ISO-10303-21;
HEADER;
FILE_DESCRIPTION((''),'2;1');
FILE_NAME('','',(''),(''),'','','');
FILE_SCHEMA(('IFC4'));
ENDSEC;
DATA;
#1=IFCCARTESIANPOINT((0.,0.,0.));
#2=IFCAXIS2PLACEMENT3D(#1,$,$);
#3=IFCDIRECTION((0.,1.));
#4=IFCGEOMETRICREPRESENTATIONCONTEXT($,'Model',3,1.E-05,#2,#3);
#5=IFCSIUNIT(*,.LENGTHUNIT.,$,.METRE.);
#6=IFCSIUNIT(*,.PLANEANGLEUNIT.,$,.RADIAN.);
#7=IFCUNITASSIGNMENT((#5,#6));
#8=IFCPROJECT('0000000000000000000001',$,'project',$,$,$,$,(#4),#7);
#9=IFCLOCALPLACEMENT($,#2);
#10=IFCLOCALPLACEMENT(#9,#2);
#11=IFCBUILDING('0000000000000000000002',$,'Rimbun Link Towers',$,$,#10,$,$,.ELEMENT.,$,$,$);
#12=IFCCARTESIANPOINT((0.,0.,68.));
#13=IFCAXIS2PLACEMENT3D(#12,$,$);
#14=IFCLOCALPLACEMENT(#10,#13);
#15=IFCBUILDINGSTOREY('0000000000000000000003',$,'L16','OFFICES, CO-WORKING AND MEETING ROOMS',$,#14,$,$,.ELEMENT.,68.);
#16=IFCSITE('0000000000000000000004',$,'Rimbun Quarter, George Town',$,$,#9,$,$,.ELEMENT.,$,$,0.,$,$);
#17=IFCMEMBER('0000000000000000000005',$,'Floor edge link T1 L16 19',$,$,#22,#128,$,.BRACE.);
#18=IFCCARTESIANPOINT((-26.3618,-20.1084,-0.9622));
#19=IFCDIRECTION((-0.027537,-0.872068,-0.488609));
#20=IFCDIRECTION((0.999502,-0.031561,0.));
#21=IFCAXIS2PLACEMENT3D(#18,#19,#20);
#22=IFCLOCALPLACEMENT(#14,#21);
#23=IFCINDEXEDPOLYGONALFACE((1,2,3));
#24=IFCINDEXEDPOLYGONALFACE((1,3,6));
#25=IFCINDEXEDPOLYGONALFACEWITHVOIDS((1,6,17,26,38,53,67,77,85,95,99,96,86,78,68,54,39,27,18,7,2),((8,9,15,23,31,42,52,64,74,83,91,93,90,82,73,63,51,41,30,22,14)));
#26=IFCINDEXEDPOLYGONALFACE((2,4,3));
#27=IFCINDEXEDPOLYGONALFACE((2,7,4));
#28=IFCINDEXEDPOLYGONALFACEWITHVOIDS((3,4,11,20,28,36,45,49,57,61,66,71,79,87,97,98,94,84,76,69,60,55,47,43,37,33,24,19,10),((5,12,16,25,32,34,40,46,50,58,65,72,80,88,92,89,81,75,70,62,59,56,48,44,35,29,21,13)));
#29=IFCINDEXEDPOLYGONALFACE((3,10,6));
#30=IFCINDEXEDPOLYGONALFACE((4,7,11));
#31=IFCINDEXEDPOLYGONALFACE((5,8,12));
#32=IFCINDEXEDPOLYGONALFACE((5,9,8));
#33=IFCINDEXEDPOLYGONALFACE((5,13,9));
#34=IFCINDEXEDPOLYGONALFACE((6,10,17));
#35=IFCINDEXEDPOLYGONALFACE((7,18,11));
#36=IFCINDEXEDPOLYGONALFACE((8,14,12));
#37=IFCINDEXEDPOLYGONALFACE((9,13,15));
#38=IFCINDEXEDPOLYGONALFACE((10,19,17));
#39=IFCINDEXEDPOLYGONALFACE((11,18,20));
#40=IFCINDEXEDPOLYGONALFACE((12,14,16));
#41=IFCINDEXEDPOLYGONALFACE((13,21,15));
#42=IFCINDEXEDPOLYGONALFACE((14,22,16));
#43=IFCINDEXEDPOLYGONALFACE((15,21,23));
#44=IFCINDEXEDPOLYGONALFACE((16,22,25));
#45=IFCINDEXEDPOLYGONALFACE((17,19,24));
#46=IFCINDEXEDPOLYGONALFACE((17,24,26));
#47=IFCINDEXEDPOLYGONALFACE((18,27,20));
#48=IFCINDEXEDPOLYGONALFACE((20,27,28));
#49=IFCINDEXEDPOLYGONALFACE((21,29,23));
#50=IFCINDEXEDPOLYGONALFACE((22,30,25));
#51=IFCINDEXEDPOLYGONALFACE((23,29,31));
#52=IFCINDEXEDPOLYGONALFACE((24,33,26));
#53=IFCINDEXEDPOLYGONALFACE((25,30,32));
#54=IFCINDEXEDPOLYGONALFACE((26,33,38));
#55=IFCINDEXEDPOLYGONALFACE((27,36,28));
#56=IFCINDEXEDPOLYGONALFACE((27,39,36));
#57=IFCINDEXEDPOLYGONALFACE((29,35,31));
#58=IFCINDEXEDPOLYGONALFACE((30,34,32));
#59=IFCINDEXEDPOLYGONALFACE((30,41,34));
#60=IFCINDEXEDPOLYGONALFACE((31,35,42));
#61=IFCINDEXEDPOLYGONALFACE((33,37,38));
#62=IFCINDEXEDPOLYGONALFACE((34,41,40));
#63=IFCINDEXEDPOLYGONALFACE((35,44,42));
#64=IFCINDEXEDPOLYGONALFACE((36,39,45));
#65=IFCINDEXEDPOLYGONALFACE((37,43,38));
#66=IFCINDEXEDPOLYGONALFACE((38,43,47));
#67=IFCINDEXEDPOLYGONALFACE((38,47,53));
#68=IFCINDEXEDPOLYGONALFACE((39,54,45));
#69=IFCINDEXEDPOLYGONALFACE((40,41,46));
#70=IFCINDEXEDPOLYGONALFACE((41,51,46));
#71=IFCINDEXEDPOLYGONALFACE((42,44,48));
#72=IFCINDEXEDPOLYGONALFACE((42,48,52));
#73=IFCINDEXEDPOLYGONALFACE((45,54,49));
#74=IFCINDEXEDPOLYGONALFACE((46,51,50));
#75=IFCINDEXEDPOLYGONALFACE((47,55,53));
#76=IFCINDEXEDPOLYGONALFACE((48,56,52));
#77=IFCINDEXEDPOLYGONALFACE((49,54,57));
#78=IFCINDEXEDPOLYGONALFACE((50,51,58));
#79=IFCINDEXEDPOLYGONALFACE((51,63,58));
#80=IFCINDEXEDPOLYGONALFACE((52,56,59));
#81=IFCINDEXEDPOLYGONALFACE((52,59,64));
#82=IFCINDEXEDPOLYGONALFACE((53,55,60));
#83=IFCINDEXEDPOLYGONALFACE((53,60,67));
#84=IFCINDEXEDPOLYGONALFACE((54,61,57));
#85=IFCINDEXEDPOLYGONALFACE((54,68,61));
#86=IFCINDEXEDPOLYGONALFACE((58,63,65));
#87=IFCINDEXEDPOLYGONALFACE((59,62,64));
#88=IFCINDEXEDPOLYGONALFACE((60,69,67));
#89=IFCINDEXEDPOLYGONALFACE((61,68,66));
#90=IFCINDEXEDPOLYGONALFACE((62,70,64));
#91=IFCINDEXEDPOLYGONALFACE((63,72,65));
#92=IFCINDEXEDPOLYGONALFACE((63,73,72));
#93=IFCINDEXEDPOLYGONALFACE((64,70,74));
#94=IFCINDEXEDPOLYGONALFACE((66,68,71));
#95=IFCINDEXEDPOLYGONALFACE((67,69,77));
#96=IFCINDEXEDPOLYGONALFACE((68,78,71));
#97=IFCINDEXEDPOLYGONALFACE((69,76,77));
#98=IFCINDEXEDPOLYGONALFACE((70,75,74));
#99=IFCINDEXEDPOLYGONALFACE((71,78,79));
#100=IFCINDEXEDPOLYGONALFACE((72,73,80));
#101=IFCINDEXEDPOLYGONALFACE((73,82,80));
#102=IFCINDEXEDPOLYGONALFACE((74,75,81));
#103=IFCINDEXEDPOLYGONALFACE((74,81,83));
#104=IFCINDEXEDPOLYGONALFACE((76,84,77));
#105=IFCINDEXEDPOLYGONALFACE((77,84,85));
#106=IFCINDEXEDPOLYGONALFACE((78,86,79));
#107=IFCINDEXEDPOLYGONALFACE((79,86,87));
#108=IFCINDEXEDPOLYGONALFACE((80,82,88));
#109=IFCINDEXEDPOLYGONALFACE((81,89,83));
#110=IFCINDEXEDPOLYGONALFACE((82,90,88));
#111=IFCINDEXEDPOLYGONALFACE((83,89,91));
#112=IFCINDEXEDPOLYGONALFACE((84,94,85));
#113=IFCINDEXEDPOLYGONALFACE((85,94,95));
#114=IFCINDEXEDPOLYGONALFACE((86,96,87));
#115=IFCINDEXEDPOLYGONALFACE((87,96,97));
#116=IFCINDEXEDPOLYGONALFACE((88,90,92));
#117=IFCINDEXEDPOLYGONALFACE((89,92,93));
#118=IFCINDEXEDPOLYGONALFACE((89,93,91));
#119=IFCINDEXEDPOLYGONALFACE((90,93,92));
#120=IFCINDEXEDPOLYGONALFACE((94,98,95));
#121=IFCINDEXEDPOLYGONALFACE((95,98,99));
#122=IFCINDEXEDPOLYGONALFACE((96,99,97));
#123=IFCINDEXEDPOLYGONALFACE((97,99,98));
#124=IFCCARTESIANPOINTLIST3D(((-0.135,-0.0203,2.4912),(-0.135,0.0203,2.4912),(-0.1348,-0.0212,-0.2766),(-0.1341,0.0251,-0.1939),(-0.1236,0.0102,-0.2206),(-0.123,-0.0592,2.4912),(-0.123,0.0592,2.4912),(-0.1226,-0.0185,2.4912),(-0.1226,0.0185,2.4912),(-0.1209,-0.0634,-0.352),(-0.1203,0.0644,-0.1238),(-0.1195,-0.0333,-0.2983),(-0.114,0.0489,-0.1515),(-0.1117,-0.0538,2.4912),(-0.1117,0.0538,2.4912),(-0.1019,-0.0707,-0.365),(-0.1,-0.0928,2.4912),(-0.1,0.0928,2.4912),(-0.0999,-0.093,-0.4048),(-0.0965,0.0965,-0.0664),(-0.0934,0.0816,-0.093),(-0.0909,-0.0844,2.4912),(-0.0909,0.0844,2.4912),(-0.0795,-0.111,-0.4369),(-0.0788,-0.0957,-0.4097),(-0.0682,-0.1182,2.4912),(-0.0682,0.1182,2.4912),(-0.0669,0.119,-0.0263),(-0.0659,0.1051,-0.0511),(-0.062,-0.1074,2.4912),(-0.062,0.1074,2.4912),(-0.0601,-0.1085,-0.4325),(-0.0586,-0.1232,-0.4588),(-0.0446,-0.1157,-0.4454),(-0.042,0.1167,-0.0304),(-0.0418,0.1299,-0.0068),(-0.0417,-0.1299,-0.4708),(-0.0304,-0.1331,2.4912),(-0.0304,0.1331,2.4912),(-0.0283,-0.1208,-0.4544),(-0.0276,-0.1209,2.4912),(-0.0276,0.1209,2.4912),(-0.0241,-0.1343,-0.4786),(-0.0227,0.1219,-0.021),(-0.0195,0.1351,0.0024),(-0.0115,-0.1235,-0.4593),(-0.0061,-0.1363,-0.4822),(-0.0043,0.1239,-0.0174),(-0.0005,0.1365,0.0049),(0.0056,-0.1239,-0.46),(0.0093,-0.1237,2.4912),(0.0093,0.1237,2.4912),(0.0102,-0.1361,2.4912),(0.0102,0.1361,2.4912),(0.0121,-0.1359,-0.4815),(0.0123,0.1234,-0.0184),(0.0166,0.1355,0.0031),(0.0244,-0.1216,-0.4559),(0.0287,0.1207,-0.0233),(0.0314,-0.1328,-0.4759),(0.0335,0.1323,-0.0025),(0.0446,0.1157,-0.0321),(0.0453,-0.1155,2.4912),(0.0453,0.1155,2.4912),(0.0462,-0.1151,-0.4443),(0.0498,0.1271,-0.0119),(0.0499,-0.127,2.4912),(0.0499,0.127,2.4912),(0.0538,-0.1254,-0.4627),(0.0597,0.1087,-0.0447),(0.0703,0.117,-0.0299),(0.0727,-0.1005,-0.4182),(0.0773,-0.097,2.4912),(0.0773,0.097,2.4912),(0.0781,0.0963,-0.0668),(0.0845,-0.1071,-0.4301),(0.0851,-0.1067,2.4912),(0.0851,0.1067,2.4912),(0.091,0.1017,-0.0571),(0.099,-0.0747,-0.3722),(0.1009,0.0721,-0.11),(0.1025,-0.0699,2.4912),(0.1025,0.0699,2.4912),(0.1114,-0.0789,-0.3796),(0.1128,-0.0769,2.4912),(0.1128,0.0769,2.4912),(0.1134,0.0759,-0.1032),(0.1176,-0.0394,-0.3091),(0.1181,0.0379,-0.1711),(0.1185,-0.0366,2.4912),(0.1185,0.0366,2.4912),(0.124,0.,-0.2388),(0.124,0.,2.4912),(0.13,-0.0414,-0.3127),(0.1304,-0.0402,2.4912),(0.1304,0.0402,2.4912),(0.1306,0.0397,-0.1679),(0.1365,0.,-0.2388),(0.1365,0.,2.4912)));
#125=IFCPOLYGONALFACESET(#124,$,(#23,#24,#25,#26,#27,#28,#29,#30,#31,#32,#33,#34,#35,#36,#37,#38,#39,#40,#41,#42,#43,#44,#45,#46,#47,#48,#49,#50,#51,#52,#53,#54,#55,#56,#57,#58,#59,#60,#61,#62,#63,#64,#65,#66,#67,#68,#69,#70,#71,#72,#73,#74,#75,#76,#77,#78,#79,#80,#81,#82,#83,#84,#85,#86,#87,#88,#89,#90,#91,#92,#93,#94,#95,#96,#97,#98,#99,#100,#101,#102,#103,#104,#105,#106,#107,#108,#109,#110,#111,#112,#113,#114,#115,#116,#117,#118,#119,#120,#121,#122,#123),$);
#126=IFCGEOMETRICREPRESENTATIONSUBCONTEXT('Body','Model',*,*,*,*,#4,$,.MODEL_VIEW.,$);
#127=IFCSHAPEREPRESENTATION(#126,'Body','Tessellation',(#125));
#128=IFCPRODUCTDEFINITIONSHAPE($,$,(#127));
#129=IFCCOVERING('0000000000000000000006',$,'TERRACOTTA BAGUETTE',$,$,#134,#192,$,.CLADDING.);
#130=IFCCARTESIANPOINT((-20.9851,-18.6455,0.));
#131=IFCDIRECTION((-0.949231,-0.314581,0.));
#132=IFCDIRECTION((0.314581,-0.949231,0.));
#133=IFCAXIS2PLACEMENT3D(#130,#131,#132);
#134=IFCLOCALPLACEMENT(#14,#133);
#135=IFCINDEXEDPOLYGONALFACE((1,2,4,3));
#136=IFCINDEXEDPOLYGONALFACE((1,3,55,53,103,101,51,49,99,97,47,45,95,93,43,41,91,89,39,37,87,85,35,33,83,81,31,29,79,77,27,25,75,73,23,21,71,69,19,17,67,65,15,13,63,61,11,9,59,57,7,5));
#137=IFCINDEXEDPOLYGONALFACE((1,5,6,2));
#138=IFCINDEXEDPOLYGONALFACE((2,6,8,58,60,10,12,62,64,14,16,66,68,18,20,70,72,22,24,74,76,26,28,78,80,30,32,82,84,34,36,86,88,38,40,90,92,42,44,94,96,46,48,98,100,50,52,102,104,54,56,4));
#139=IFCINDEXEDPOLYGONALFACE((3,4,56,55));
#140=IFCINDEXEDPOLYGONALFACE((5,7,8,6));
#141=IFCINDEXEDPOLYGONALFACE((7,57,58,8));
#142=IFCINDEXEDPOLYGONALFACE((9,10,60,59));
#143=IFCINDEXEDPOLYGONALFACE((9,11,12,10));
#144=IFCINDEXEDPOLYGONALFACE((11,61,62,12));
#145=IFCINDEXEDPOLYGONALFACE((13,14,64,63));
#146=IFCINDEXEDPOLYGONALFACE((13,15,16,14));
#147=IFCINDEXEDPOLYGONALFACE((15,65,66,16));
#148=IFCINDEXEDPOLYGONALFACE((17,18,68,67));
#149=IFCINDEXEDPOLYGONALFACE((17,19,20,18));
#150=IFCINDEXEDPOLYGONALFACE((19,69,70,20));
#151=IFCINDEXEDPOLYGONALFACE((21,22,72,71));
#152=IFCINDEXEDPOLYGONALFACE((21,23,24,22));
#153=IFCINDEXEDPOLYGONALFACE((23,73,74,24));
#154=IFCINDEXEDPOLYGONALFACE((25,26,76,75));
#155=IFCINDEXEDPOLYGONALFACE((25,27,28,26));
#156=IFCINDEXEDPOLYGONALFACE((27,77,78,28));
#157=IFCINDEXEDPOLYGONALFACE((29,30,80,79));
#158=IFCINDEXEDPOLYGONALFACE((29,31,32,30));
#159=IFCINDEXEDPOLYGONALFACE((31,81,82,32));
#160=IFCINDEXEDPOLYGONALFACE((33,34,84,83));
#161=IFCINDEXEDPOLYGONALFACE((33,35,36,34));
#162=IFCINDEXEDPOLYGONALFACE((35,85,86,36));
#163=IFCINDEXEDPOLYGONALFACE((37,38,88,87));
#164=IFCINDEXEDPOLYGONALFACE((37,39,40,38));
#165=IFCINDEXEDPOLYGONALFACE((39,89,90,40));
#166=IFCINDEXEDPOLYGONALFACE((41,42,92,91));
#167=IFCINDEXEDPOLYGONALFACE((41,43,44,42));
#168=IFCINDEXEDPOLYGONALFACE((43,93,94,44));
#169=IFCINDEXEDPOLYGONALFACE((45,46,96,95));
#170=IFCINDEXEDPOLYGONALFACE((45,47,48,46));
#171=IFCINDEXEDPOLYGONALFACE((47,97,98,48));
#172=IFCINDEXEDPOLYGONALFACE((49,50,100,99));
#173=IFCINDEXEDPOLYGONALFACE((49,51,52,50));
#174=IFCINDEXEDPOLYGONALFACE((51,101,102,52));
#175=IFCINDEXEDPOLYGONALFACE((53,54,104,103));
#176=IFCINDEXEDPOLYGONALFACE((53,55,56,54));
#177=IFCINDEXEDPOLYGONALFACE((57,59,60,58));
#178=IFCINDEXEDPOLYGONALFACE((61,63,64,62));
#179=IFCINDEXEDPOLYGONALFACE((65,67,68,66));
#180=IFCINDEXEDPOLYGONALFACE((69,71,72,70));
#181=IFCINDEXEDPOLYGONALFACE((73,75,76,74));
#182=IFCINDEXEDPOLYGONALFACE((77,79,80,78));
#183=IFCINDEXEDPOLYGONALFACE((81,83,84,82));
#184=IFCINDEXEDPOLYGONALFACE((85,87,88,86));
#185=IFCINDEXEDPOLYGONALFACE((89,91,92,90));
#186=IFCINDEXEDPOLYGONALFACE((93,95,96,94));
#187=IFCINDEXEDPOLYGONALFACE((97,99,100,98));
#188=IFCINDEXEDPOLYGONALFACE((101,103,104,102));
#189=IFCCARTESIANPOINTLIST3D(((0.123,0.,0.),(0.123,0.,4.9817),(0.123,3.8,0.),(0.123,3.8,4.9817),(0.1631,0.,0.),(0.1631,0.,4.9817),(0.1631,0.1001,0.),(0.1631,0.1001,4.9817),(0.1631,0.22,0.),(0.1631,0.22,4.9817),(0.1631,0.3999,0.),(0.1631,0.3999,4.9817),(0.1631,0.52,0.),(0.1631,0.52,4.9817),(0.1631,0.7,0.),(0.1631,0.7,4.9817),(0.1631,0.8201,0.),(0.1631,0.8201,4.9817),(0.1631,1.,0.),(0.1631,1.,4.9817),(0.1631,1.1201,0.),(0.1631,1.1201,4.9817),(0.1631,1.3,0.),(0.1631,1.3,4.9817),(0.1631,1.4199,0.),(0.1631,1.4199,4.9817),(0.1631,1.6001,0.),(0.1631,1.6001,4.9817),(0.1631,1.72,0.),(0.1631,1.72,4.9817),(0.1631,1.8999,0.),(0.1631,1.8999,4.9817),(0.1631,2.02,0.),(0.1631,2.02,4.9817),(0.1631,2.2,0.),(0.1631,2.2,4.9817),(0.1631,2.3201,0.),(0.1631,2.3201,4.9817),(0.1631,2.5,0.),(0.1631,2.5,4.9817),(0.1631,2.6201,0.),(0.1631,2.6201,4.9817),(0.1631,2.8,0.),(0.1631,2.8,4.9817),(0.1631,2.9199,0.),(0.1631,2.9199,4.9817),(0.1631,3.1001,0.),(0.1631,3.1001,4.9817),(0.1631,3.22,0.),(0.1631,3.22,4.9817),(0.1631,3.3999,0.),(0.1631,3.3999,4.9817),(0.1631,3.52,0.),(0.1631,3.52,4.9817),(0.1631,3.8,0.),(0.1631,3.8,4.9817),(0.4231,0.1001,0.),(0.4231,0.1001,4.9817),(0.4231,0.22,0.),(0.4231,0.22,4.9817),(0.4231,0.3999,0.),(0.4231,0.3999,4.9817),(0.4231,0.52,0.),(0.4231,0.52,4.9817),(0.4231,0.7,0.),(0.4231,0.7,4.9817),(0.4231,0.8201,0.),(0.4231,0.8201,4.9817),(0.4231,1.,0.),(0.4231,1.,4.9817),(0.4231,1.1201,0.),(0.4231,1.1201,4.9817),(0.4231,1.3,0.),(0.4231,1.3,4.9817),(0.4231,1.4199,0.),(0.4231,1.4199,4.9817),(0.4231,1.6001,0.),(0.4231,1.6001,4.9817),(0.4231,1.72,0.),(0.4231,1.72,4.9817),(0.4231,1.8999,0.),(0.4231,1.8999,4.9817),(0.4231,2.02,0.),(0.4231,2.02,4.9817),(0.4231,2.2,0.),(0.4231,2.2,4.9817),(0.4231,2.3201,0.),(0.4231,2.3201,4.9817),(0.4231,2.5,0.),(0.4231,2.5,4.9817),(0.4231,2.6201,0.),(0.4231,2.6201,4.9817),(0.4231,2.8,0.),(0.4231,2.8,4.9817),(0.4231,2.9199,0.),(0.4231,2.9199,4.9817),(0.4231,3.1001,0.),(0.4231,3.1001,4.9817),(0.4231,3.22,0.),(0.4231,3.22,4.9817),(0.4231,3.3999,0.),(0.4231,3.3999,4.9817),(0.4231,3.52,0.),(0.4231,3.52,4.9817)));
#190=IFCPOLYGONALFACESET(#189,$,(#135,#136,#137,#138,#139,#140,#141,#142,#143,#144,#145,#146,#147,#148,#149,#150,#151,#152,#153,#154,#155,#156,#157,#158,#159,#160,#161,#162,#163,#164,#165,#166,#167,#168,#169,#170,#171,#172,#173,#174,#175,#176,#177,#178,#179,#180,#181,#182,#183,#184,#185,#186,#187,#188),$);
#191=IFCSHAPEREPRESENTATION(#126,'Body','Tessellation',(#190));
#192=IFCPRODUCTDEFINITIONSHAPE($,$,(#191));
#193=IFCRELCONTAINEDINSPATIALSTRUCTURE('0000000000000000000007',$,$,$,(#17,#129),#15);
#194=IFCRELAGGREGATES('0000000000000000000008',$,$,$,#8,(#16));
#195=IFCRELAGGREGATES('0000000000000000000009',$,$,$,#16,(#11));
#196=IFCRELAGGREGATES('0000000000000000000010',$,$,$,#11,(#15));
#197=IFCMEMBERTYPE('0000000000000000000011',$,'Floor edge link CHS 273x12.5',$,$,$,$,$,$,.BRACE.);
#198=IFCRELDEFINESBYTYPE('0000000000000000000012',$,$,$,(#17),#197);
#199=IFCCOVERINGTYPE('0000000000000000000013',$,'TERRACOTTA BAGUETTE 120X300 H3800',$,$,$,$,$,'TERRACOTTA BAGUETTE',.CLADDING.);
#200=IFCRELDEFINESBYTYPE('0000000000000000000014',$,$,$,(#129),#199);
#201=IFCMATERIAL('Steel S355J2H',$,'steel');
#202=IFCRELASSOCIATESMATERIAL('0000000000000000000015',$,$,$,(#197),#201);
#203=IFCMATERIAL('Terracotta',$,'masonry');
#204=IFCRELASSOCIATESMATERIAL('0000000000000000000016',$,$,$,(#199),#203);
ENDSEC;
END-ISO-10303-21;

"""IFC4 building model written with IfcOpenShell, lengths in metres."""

from ifc_helpers import new_model, si_unit, direction, frame, origin, origin_2d, place, context, subcontext, project, spatial, polyline, hollow_circle, outline, extrude, clip, halfspace, material, material_profile, profile_set, type_object, element, save


model = new_model("IFC4")

# Units and contexts
model_context = context("Model", 3, precision=1e-05, world=origin(), true_north=direction((0.0, 1.0)))
body_context = subcontext(model_context, "Body", "Model", "MODEL_VIEW")
ifc_project = project(units=[si_unit("LENGTHUNIT", "METRE"), si_unit("PLANEANGLEUNIT", "RADIAN")], contexts=[model_context])

# Site, building, storey
site_placement = place(None, origin())
site = spatial("IfcSite", under=ifc_project, at=site_placement, Name="Rimbun Quarter, George Town", CompositionType="ELEMENT", RefElevation=0.0)
building_placement = place(site_placement, origin())
building = spatial("IfcBuilding", under=site, at=building_placement, Name="Rimbun Link Towers", CompositionType="ELEMENT")
storey_placement = place(building_placement, frame((0.0, 0.0, 68.0)))
storey = spatial("IfcBuildingStorey", under=building, at=storey_placement, Name="L16", Description="OFFICES, CO-WORKING AND MEETING ROOMS", CompositionType="ELEMENT", Elevation=68.0)

# Member
ifc_material_1 = material(Name="Steel S355J2H", Category="steel")
ifc_material_profile_1 = material_profile(ifc_material_1, hollow_circle(Radius=0.1365, WallThickness=0.0125, at=origin_2d()), Name="CHS 273x12.5")
ifc_profile_set_1 = profile_set([ifc_material_profile_1], Name="Steel S355J2H")
member_type_1 = type_object("IfcMemberType", Name="Floor edge link CHS 273x12.5", PredefinedType="BRACE", material=ifc_profile_set_1)
member_1_placement = place(storey_placement, frame((-26.3618, -20.1084, -0.9622), z_axis=(-0.027537, -0.872068, -0.488609), x_axis=(0.999502, -0.031561, 0.0)))
element("IfcMember", 1, at=member_1_placement, inside=storey, type_object=member_type_1, Name="Floor edge link T1 L16 19", PredefinedType="BRACE", context=body_context, shape_type="Clipping", body=[
    clip(extrude(hollow_circle(Radius=0.1365, WallThickness=0.0125, at=origin_2d()), frame((0.0, 0.0, -0.5081)), (0.0, 0.0, 1.0), 2.9993), halfspace(frame((0.0, 0.0, -0.2388), z_axis=(0.0, 0.872503, -0.488609)), False)),
])

# Covering
ifc_material_2 = material(Name="Terracotta", Category="masonry")
ifc_material_profile_2 = material_profile(ifc_material_2, outline(polyline([(0.123, 0.0), (0.1631, 0.0), (0.1631, 0.1001), (0.4231, 0.1001), (0.4231, 0.22), (0.1631, 0.22), (0.1631, 0.3999), (0.4231, 0.3999), (0.4231, 0.52), (0.1631, 0.52), (0.1631, 0.7), (0.4231, 0.7), (0.4231, 0.8201), (0.1631, 0.8201), (0.1631, 1.0), (0.4231, 1.0), (0.4231, 1.1201), (0.1631, 1.1201), (0.1631, 1.3), (0.4231, 1.3), (0.4231, 1.4199), (0.1631, 1.4199), (0.1631, 1.6001), (0.4231, 1.6001), (0.4231, 1.72), (0.1631, 1.72), (0.1631, 1.8999), (0.4231, 1.8999), (0.4231, 2.02), (0.1631, 2.02), (0.1631, 2.2), (0.4231, 2.2), (0.4231, 2.3201), (0.1631, 2.3201), (0.1631, 2.5), (0.4231, 2.5), (0.4231, 2.6201), (0.1631, 2.6201), (0.1631, 2.8), (0.4231, 2.8), (0.4231, 2.9199), (0.1631, 2.9199), (0.1631, 3.1001), (0.4231, 3.1001), (0.4231, 3.22), (0.1631, 3.22), (0.1631, 3.3999), (0.4231, 3.3999), (0.4231, 3.52), (0.1631, 3.52), (0.1631, 3.8), (0.123, 3.8), (0.123, 0.0)])), Name="BAGUETTE 120X300")
ifc_profile_set_2 = profile_set([ifc_material_profile_2], Name="Terracotta")
covering_type = type_object("IfcCoveringType", Name="TERRACOTTA BAGUETTE 120X300 H3800", ElementType="TERRACOTTA BAGUETTE", PredefinedType="CLADDING", material=ifc_profile_set_2)
covering_placement = place(storey_placement, frame((-20.9851, -18.6455, 0.0), z_axis=(-0.949231, -0.314581, 0.0), x_axis=(0.314581, -0.949231, 0.0)))
element("IfcCovering", 2, at=covering_placement, inside=storey, type_object=covering_type, Name="TERRACOTTA BAGUETTE", PredefinedType="CLADDING", context=body_context, shape_type="SweptSolid", body=[
    extrude(outline(polyline([(0.123, 0.0), (0.1631, 0.0), (0.1631, 0.1001), (0.4231, 0.1001), (0.4231, 0.22), (0.1631, 0.22), (0.1631, 0.3999), (0.4231, 0.3999), (0.4231, 0.52), (0.1631, 0.52), (0.1631, 0.7), (0.4231, 0.7), (0.4231, 0.8201), (0.1631, 0.8201), (0.1631, 1.0), (0.4231, 1.0), (0.4231, 1.1201), (0.1631, 1.1201), (0.1631, 1.3), (0.4231, 1.3), (0.4231, 1.4199), (0.1631, 1.4199), (0.1631, 1.6001), (0.4231, 1.6001), (0.4231, 1.72), (0.1631, 1.72), (0.1631, 1.8999), (0.4231, 1.8999), (0.4231, 2.02), (0.1631, 2.02), (0.1631, 2.2), (0.4231, 2.2), (0.4231, 2.3201), (0.1631, 2.3201), (0.1631, 2.5), (0.4231, 2.5), (0.4231, 2.6201), (0.1631, 2.6201), (0.1631, 2.8), (0.4231, 2.8), (0.4231, 2.9199), (0.1631, 2.9199), (0.1631, 3.1001), (0.4231, 3.1001), (0.4231, 3.22), (0.1631, 3.22), (0.1631, 3.3999), (0.4231, 3.3999), (0.4231, 3.52), (0.1631, 3.52), (0.1631, 3.8), (0.123, 3.8), (0.123, 0.0)])), origin(), (0.0, 0.0, 1.0), 4.9817),
])

save(model, "model.ifc")
